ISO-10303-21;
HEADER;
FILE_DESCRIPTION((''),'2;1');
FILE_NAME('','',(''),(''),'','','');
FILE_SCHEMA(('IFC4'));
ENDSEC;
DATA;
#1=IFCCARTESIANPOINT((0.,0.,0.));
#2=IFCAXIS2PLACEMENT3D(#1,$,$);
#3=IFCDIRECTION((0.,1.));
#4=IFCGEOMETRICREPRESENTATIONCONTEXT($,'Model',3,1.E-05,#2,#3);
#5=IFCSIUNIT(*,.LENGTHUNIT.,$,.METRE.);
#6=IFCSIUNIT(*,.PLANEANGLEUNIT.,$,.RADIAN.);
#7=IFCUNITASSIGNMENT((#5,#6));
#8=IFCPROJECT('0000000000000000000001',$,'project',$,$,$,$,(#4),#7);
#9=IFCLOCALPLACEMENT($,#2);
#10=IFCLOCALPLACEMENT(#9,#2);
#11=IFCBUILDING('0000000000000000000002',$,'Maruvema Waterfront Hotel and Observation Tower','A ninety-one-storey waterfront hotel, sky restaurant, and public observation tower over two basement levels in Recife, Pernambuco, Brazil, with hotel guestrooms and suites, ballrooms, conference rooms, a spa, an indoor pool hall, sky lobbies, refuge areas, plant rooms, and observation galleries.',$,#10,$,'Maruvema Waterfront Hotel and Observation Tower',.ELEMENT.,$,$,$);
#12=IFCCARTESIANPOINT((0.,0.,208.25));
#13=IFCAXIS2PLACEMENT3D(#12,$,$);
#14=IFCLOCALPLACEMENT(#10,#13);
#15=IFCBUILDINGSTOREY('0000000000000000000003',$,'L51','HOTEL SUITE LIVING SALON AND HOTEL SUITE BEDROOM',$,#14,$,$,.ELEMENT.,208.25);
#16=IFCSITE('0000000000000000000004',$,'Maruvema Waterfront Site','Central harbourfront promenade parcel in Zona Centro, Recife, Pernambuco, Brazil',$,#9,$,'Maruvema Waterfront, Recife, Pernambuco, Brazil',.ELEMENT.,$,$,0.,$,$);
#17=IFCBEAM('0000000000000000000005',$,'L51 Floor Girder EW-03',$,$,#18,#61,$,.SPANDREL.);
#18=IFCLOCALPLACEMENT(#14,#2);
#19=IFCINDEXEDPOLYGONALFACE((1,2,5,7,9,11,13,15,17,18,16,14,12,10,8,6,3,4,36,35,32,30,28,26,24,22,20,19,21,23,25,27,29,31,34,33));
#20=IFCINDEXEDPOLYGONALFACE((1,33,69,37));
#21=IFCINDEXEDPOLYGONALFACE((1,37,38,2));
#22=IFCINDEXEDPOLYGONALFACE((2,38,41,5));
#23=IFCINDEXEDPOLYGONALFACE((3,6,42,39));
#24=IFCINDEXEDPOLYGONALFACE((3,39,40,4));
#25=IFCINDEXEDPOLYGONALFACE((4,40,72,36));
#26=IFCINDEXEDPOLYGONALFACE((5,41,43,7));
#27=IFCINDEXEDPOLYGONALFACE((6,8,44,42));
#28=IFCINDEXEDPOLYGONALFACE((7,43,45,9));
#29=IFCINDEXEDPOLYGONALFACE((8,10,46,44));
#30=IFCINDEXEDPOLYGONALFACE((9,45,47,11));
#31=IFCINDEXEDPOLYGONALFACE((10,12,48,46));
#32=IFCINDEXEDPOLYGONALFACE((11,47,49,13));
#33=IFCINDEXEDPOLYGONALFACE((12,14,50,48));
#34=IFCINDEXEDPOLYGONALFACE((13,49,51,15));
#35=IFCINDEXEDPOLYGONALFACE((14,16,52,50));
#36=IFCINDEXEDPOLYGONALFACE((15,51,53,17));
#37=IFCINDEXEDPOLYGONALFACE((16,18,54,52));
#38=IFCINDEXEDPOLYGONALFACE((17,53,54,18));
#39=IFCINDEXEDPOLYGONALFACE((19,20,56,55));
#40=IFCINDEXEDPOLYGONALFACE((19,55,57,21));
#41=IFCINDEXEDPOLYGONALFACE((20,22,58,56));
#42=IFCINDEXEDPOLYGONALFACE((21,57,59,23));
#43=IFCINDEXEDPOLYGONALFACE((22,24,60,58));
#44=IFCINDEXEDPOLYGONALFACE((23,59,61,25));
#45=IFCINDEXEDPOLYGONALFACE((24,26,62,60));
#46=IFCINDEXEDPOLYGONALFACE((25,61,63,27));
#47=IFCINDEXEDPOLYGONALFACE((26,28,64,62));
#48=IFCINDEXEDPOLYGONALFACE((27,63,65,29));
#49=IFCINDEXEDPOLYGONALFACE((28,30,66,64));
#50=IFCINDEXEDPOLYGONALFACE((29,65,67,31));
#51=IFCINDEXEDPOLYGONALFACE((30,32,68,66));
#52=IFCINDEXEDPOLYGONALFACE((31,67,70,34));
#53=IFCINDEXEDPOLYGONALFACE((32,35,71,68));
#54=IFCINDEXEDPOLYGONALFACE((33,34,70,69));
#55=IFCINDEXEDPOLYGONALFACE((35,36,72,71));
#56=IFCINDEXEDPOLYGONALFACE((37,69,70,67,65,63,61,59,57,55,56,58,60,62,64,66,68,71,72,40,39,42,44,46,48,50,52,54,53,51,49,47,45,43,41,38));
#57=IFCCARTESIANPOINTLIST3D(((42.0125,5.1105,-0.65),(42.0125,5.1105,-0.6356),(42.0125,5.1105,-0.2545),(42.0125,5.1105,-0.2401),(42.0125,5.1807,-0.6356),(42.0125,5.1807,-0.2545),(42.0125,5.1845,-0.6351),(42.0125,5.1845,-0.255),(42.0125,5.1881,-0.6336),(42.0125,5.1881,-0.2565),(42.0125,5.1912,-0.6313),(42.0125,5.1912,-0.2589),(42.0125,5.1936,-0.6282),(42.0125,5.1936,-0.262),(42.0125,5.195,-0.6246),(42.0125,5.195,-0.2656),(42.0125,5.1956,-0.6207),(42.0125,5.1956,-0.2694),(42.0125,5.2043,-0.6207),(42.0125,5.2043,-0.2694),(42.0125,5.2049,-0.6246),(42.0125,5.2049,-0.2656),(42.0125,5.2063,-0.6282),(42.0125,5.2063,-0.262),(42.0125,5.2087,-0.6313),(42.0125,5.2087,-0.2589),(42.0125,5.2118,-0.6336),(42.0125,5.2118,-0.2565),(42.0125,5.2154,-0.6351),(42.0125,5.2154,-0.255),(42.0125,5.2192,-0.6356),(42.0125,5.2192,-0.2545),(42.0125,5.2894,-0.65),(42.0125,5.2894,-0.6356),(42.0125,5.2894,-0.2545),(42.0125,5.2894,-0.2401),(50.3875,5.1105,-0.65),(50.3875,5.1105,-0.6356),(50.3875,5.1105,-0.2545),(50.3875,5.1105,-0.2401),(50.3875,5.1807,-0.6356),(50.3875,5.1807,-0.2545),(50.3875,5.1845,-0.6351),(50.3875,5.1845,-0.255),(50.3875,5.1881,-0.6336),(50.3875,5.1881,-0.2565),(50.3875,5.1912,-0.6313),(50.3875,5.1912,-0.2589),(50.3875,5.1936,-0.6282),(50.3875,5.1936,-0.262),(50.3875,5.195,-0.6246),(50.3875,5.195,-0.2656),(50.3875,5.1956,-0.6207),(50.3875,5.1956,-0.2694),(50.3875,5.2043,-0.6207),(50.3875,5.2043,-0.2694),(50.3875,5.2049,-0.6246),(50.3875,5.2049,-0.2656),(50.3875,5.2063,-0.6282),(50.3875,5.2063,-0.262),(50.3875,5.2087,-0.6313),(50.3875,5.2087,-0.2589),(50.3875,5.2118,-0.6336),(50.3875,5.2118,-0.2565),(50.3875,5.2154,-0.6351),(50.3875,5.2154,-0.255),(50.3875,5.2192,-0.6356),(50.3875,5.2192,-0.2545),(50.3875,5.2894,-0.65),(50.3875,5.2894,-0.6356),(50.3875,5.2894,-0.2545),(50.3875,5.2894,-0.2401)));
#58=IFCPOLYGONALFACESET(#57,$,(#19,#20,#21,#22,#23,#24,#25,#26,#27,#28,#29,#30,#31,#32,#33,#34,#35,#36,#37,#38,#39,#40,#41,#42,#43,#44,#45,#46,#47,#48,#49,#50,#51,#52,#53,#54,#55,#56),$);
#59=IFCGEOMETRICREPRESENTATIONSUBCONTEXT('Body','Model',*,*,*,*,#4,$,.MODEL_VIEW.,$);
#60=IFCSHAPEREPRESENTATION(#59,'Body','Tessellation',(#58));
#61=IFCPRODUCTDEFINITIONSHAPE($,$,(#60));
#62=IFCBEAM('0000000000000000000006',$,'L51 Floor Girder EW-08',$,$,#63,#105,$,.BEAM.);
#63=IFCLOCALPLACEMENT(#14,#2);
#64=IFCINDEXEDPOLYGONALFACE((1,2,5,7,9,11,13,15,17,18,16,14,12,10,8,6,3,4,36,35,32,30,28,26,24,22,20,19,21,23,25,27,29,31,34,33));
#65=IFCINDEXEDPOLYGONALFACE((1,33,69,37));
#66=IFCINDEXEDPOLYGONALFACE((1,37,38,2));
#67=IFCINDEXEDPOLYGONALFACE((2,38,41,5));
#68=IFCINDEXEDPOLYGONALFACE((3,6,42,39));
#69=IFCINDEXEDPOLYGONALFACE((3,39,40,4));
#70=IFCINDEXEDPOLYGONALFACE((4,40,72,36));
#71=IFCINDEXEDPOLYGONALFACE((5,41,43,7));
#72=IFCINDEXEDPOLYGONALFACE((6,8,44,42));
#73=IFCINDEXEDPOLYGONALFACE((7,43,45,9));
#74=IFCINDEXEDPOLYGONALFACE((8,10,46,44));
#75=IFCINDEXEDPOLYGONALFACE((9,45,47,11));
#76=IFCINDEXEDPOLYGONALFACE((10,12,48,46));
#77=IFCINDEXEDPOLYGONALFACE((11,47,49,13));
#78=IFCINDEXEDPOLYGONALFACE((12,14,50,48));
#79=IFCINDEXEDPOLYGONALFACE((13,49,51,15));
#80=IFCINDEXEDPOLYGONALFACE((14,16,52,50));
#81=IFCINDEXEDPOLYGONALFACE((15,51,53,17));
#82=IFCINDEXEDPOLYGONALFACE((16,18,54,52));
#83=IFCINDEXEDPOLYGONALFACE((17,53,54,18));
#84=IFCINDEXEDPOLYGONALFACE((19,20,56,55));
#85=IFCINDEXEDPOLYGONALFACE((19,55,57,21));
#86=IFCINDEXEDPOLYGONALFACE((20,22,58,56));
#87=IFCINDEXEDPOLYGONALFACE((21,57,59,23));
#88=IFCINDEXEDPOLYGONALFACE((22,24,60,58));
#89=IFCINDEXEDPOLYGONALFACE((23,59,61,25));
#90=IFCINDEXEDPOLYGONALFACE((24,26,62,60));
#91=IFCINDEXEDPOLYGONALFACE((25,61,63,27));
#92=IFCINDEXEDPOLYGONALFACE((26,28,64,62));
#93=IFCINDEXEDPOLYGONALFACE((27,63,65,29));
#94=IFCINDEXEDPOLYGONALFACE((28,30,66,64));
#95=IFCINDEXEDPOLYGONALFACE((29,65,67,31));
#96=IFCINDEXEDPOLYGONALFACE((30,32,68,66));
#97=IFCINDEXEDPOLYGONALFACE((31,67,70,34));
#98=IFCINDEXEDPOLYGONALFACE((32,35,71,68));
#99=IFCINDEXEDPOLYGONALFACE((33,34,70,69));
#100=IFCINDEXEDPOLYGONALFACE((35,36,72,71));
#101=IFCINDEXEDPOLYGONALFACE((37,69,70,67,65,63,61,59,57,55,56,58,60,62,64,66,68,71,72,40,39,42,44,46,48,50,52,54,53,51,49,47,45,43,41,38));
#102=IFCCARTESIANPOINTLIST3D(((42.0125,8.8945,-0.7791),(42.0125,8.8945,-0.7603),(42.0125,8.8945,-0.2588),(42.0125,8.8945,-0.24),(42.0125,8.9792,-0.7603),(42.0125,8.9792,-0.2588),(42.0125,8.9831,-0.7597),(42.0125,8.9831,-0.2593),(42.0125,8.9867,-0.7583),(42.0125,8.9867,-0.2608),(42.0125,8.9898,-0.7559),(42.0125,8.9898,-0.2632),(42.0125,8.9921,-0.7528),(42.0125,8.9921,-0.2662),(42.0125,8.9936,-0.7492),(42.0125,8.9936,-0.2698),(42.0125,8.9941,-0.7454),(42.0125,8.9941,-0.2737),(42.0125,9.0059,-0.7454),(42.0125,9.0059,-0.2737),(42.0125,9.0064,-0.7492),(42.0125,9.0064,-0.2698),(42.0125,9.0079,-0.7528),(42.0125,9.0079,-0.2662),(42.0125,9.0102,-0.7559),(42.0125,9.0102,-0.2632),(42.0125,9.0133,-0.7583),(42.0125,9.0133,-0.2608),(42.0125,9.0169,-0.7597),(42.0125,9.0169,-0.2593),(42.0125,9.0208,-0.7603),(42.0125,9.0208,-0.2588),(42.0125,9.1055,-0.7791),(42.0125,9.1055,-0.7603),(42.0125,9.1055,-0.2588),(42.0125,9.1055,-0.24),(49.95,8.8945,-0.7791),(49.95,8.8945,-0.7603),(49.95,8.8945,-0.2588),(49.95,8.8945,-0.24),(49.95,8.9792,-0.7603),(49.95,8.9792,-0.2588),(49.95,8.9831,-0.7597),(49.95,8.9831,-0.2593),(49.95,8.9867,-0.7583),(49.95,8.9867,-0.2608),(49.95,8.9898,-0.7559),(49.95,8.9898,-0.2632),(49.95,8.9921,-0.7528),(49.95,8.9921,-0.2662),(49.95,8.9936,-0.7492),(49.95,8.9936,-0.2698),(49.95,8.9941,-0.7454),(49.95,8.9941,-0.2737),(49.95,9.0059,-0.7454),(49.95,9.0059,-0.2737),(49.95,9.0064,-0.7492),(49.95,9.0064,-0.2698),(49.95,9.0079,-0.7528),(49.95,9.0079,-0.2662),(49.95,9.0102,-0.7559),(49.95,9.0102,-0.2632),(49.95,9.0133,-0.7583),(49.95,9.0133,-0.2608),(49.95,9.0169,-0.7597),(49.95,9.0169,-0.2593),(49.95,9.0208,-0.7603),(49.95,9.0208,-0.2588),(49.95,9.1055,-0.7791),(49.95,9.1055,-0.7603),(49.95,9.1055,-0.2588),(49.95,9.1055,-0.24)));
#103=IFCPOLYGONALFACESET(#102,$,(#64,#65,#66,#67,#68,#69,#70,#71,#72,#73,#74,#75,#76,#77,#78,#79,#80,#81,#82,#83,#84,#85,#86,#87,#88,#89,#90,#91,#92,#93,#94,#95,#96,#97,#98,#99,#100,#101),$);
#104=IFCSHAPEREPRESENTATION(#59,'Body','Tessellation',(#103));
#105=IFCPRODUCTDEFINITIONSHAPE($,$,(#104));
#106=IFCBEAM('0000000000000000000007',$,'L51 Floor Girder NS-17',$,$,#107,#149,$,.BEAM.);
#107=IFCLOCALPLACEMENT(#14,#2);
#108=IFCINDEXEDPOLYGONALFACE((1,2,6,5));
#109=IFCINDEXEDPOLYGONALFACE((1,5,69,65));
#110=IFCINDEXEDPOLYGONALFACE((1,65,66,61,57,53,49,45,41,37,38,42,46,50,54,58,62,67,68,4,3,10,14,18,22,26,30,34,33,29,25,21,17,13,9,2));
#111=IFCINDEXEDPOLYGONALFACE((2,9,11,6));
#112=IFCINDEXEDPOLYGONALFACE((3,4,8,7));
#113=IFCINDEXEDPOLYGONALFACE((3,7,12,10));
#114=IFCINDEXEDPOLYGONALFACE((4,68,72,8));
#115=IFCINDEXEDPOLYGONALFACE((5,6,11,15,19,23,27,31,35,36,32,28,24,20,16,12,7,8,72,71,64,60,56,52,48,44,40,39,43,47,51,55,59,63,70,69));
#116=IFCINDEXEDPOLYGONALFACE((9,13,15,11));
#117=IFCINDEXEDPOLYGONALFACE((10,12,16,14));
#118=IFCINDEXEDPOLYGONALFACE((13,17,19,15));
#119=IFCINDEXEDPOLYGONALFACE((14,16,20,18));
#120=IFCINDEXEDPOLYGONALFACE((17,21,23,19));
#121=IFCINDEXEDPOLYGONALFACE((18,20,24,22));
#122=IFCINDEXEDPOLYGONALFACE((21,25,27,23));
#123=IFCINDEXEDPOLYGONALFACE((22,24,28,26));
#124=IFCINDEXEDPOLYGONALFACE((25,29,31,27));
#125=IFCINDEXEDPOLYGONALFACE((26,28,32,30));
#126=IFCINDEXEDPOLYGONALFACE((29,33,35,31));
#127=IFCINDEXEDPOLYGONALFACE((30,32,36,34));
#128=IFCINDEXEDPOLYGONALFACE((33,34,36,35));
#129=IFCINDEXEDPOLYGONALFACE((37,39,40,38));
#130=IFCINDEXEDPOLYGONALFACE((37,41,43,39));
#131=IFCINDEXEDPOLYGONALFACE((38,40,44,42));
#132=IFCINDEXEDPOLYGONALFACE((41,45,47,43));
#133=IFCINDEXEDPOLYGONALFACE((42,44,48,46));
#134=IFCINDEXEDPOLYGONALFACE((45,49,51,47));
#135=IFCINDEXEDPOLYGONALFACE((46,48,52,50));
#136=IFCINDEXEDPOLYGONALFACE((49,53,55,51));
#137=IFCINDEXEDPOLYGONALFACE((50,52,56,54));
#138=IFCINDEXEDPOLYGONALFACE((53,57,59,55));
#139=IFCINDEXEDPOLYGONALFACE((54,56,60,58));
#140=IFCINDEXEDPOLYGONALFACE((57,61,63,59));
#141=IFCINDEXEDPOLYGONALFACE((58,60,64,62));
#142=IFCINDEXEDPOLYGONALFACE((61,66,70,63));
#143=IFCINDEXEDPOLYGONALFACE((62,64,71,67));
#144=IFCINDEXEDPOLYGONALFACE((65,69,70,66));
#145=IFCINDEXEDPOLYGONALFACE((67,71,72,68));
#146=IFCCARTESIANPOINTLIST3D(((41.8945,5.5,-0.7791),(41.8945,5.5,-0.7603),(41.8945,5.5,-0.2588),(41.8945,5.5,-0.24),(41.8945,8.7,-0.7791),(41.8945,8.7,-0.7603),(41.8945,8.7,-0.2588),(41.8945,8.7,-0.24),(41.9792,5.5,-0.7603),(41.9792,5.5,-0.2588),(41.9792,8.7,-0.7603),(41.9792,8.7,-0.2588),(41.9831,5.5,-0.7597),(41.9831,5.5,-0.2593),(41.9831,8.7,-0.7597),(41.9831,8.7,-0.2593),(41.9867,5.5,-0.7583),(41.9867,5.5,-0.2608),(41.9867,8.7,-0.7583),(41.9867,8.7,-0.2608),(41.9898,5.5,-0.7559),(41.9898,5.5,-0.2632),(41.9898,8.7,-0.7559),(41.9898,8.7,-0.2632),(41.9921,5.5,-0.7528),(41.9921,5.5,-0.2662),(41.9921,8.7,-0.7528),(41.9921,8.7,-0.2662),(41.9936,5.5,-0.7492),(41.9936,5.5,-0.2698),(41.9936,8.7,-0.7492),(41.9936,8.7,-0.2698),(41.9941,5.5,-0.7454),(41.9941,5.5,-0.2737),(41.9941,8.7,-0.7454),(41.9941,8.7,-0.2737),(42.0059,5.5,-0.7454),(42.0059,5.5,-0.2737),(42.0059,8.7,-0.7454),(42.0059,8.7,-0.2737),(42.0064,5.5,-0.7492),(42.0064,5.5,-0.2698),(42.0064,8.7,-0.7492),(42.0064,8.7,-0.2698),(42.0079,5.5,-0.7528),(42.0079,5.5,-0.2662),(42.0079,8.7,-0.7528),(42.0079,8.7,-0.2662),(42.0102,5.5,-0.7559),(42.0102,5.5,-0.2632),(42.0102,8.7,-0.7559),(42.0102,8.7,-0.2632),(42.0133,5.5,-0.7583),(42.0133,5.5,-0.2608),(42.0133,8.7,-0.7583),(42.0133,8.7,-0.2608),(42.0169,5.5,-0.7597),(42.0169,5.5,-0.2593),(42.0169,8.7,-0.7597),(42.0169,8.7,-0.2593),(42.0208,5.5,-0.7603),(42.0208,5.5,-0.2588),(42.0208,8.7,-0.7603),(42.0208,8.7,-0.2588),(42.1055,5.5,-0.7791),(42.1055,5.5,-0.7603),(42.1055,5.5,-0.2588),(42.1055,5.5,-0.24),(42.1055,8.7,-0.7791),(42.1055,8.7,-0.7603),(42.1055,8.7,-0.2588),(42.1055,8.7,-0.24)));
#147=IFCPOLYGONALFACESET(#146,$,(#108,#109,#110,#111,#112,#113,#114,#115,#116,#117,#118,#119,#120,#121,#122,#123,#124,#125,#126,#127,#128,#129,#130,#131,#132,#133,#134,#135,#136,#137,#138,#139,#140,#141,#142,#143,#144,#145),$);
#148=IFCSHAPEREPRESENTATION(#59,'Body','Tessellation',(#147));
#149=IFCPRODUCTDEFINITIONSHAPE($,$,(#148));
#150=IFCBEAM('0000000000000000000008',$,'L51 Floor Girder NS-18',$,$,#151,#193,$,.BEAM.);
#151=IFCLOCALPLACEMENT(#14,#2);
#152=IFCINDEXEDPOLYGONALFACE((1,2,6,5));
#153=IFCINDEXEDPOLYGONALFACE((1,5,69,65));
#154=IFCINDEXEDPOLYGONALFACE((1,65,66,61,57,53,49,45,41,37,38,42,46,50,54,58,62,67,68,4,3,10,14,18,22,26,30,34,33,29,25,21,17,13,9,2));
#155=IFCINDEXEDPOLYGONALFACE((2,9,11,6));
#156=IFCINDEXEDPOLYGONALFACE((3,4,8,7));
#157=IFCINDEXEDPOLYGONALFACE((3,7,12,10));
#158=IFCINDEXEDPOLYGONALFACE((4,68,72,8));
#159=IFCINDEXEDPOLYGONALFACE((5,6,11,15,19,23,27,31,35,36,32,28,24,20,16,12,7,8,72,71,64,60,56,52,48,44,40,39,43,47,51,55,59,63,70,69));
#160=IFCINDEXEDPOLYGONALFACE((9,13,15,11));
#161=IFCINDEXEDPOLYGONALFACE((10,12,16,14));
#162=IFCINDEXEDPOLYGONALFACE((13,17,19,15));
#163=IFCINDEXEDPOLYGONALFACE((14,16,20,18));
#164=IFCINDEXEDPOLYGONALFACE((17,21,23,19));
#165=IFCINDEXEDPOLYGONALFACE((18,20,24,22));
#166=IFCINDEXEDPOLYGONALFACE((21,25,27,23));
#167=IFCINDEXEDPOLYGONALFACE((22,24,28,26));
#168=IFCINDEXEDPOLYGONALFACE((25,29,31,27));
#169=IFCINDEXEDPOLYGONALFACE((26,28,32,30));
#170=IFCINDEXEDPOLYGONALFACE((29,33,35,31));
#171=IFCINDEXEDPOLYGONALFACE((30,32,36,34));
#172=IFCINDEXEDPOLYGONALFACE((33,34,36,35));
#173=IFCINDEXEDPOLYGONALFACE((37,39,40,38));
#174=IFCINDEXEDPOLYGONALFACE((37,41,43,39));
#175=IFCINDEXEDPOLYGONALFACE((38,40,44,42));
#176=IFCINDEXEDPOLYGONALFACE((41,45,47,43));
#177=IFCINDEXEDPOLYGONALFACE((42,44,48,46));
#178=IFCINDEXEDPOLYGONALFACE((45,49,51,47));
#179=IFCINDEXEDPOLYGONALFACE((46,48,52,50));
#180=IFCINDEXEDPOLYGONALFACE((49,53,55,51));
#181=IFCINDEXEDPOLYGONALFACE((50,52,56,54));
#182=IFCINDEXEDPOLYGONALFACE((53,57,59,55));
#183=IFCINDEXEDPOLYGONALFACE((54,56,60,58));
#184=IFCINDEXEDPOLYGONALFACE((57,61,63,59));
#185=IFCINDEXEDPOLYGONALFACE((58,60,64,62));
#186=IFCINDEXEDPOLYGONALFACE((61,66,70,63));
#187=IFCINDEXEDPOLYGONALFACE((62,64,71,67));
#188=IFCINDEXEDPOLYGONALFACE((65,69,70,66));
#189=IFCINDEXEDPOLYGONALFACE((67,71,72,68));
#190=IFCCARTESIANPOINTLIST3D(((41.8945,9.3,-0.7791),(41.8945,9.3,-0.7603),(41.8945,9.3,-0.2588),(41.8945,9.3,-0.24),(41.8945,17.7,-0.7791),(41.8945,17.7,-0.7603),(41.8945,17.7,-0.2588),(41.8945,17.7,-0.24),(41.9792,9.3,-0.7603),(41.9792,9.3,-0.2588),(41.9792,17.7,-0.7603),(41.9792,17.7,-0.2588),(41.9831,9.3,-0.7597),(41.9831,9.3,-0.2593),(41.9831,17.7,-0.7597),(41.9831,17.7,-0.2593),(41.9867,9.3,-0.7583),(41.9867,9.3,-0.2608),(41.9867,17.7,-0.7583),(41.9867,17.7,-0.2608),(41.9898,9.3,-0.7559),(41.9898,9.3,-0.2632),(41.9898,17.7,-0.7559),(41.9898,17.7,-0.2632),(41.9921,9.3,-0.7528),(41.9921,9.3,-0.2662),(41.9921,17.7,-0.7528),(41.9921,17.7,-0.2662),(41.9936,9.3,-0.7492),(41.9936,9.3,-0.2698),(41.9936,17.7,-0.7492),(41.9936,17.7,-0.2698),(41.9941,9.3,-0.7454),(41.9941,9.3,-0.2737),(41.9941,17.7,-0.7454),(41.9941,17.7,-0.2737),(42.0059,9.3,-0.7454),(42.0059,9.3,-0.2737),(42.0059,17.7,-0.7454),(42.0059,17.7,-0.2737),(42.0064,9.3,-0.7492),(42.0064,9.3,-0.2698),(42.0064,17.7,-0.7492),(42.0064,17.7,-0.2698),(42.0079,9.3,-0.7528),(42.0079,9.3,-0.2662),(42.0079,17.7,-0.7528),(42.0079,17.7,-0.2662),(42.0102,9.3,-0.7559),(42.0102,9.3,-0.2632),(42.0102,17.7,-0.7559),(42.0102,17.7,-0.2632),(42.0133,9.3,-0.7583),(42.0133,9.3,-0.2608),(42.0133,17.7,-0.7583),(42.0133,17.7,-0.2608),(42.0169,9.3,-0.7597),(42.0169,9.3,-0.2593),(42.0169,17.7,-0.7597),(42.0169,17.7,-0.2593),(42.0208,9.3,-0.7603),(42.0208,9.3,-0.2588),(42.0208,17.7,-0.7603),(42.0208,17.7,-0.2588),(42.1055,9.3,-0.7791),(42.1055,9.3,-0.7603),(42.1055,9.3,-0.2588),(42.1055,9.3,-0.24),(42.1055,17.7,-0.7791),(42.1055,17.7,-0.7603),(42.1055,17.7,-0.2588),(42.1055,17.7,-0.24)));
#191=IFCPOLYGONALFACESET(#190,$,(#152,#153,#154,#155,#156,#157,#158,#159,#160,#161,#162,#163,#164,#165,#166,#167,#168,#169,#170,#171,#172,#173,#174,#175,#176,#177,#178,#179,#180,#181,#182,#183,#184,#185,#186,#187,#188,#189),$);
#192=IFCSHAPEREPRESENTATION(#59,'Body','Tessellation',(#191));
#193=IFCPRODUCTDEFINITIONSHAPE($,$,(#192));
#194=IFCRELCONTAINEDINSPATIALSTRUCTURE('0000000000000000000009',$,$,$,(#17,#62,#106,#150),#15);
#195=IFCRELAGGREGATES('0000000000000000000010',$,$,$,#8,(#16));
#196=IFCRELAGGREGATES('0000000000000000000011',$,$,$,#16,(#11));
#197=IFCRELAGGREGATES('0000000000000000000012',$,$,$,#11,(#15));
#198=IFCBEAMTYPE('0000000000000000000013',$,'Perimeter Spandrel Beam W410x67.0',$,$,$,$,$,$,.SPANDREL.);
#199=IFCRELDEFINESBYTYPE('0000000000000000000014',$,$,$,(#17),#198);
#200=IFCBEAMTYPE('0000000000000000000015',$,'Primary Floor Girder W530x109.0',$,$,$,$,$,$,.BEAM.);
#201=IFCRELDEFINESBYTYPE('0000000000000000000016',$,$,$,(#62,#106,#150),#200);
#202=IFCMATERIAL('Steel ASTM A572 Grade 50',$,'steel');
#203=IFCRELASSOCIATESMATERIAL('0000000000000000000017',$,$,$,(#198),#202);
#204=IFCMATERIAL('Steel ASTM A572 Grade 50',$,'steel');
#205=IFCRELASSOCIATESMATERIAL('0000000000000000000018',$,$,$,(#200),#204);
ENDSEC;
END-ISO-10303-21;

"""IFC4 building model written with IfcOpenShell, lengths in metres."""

from ifc_helpers import new_model, si_unit, direction, frame, origin, origin_2d, place, context, subcontext, project, spatial, i_section, extrude, material, material_profile, profile_set, type_object, element, save


model = new_model("IFC4")

# Units and contexts
model_context = context("Model", 3, precision=1e-05, world=origin(), true_north=direction((0.0, 1.0)))
body_context = subcontext(model_context, "Body", "Model", "MODEL_VIEW")
ifc_project = project(units=[si_unit("LENGTHUNIT", "METRE"), si_unit("PLANEANGLEUNIT", "RADIAN")], contexts=[model_context])

# Site, building, storey
site_placement = place(None, origin())
site = spatial("IfcSite", under=ifc_project, at=site_placement, Name="Maruvema Waterfront Site", Description="Central harbourfront promenade parcel in Zona Centro, Recife, Pernambuco, Brazil", LongName="Maruvema Waterfront, Recife, Pernambuco, Brazil", CompositionType="ELEMENT", RefElevation=0.0)
building_placement = place(site_placement, origin())
building = spatial("IfcBuilding", under=site, at=building_placement, Name="Maruvema Waterfront Hotel and Observation Tower", Description="A ninety-one-storey waterfront hotel, sky restaurant, and public observation tower over two basement levels in Recife, Pernambuco, Brazil, with hotel guestrooms and suites, ballrooms, conference rooms, a spa, an indoor pool hall, sky lobbies, refuge areas, plant rooms, and observation galleries.", LongName="Maruvema Waterfront Hotel and Observation Tower", CompositionType="ELEMENT")
storey_placement = place(building_placement, frame((0.0, 0.0, 208.25)))
storey = spatial("IfcBuildingStorey", under=building, at=storey_placement, Name="L51", Description="HOTEL SUITE LIVING SALON AND HOTEL SUITE BEDROOM", CompositionType="ELEMENT", Elevation=208.25)

# Beams
ifc_material_1 = material(Name="Steel ASTM A572 Grade 50", Category="steel")
ifc_material_profile_1 = material_profile(ifc_material_1, i_section(OverallWidth=0.179, OverallDepth=0.4099, WebThickness=0.0088, FlangeThickness=0.0144, FilletRadius=0.0149, at=origin_2d()), Name="W410x67.0")
ifc_profile_set_1 = profile_set([ifc_material_profile_1], Name="Steel ASTM A572 Grade 50")
beam_type_1 = type_object("IfcBeamType", Name="Perimeter Spandrel Beam W410x67.0", PredefinedType="SPANDREL", material=ifc_profile_set_1)
beam_1_placement = place(storey_placement, frame((42.0125, 5.2, -0.4451), z_axis=(1.0, 0.0, 0.0), x_axis=(0.0, 1.0, 0.0)))
element("IfcBeam", 1, at=beam_1_placement, inside=storey, type_object=beam_type_1, Name="L51 Floor Girder EW-03", PredefinedType="SPANDREL", context=body_context, shape_type="SweptSolid", body=[
    extrude(i_section(OverallWidth=0.179, OverallDepth=0.4099, WebThickness=0.0088, FlangeThickness=0.0144, FilletRadius=0.0149, at=origin_2d()), origin(), (0.0, 0.0, 1.0), 8.375),
])
ifc_material_2 = material(Name="Steel ASTM A572 Grade 50", Category="steel")
ifc_material_profile_2 = material_profile(ifc_material_2, i_section(OverallWidth=0.2109, OverallDepth=0.5391, WebThickness=0.0117, FlangeThickness=0.0188, FilletRadius=0.0149, at=origin_2d()), Name="W530x109.0")
ifc_profile_set_2 = profile_set([ifc_material_profile_2], Name="Steel ASTM A572 Grade 50")
beam_type_2 = type_object("IfcBeamType", Name="Primary Floor Girder W530x109.0", PredefinedType="BEAM", material=ifc_profile_set_2)
beam_2_placement = place(storey_placement, frame((42.0125, 9.0, -0.5095), z_axis=(1.0, 0.0, 0.0), x_axis=(0.0, 1.0, 0.0)))
element("IfcBeam", 2, at=beam_2_placement, inside=storey, type_object=beam_type_2, Name="L51 Floor Girder EW-08", PredefinedType="BEAM", context=body_context, shape_type="SweptSolid", body=[
    extrude(i_section(OverallWidth=0.2109, OverallDepth=0.5391, WebThickness=0.0117, FlangeThickness=0.0188, FilletRadius=0.0149, at=origin_2d()), origin(), (0.0, 0.0, 1.0), 7.9375),
])
beam_3_placement = place(storey_placement, frame((42.0, 5.5, -0.5095), z_axis=(0.0, 1.0, 0.0), x_axis=(-1.0, 0.0, 0.0)))
element("IfcBeam", 3, at=beam_3_placement, inside=storey, type_object=beam_type_2, Name="L51 Floor Girder NS-17", PredefinedType="BEAM", context=body_context, shape_type="SweptSolid", body=[
    extrude(i_section(OverallWidth=0.2109, OverallDepth=0.5391, WebThickness=0.0117, FlangeThickness=0.0188, FilletRadius=0.0149, at=origin_2d()), origin(), (0.0, 0.0, 1.0), 3.2),
])
beam_4_placement = place(storey_placement, frame((42.0, 9.3, -0.5095), z_axis=(0.0, 1.0, 0.0), x_axis=(-1.0, 0.0, 0.0)))
element("IfcBeam", 4, at=beam_4_placement, inside=storey, type_object=beam_type_2, Name="L51 Floor Girder NS-18", PredefinedType="BEAM", context=body_context, shape_type="SweptSolid", body=[
    extrude(i_section(OverallWidth=0.2109, OverallDepth=0.5391, WebThickness=0.0117, FlangeThickness=0.0188, FilletRadius=0.0149, at=origin_2d()), origin(), (0.0, 0.0, 1.0), 8.3999),
])

save(model, "model.ifc")
